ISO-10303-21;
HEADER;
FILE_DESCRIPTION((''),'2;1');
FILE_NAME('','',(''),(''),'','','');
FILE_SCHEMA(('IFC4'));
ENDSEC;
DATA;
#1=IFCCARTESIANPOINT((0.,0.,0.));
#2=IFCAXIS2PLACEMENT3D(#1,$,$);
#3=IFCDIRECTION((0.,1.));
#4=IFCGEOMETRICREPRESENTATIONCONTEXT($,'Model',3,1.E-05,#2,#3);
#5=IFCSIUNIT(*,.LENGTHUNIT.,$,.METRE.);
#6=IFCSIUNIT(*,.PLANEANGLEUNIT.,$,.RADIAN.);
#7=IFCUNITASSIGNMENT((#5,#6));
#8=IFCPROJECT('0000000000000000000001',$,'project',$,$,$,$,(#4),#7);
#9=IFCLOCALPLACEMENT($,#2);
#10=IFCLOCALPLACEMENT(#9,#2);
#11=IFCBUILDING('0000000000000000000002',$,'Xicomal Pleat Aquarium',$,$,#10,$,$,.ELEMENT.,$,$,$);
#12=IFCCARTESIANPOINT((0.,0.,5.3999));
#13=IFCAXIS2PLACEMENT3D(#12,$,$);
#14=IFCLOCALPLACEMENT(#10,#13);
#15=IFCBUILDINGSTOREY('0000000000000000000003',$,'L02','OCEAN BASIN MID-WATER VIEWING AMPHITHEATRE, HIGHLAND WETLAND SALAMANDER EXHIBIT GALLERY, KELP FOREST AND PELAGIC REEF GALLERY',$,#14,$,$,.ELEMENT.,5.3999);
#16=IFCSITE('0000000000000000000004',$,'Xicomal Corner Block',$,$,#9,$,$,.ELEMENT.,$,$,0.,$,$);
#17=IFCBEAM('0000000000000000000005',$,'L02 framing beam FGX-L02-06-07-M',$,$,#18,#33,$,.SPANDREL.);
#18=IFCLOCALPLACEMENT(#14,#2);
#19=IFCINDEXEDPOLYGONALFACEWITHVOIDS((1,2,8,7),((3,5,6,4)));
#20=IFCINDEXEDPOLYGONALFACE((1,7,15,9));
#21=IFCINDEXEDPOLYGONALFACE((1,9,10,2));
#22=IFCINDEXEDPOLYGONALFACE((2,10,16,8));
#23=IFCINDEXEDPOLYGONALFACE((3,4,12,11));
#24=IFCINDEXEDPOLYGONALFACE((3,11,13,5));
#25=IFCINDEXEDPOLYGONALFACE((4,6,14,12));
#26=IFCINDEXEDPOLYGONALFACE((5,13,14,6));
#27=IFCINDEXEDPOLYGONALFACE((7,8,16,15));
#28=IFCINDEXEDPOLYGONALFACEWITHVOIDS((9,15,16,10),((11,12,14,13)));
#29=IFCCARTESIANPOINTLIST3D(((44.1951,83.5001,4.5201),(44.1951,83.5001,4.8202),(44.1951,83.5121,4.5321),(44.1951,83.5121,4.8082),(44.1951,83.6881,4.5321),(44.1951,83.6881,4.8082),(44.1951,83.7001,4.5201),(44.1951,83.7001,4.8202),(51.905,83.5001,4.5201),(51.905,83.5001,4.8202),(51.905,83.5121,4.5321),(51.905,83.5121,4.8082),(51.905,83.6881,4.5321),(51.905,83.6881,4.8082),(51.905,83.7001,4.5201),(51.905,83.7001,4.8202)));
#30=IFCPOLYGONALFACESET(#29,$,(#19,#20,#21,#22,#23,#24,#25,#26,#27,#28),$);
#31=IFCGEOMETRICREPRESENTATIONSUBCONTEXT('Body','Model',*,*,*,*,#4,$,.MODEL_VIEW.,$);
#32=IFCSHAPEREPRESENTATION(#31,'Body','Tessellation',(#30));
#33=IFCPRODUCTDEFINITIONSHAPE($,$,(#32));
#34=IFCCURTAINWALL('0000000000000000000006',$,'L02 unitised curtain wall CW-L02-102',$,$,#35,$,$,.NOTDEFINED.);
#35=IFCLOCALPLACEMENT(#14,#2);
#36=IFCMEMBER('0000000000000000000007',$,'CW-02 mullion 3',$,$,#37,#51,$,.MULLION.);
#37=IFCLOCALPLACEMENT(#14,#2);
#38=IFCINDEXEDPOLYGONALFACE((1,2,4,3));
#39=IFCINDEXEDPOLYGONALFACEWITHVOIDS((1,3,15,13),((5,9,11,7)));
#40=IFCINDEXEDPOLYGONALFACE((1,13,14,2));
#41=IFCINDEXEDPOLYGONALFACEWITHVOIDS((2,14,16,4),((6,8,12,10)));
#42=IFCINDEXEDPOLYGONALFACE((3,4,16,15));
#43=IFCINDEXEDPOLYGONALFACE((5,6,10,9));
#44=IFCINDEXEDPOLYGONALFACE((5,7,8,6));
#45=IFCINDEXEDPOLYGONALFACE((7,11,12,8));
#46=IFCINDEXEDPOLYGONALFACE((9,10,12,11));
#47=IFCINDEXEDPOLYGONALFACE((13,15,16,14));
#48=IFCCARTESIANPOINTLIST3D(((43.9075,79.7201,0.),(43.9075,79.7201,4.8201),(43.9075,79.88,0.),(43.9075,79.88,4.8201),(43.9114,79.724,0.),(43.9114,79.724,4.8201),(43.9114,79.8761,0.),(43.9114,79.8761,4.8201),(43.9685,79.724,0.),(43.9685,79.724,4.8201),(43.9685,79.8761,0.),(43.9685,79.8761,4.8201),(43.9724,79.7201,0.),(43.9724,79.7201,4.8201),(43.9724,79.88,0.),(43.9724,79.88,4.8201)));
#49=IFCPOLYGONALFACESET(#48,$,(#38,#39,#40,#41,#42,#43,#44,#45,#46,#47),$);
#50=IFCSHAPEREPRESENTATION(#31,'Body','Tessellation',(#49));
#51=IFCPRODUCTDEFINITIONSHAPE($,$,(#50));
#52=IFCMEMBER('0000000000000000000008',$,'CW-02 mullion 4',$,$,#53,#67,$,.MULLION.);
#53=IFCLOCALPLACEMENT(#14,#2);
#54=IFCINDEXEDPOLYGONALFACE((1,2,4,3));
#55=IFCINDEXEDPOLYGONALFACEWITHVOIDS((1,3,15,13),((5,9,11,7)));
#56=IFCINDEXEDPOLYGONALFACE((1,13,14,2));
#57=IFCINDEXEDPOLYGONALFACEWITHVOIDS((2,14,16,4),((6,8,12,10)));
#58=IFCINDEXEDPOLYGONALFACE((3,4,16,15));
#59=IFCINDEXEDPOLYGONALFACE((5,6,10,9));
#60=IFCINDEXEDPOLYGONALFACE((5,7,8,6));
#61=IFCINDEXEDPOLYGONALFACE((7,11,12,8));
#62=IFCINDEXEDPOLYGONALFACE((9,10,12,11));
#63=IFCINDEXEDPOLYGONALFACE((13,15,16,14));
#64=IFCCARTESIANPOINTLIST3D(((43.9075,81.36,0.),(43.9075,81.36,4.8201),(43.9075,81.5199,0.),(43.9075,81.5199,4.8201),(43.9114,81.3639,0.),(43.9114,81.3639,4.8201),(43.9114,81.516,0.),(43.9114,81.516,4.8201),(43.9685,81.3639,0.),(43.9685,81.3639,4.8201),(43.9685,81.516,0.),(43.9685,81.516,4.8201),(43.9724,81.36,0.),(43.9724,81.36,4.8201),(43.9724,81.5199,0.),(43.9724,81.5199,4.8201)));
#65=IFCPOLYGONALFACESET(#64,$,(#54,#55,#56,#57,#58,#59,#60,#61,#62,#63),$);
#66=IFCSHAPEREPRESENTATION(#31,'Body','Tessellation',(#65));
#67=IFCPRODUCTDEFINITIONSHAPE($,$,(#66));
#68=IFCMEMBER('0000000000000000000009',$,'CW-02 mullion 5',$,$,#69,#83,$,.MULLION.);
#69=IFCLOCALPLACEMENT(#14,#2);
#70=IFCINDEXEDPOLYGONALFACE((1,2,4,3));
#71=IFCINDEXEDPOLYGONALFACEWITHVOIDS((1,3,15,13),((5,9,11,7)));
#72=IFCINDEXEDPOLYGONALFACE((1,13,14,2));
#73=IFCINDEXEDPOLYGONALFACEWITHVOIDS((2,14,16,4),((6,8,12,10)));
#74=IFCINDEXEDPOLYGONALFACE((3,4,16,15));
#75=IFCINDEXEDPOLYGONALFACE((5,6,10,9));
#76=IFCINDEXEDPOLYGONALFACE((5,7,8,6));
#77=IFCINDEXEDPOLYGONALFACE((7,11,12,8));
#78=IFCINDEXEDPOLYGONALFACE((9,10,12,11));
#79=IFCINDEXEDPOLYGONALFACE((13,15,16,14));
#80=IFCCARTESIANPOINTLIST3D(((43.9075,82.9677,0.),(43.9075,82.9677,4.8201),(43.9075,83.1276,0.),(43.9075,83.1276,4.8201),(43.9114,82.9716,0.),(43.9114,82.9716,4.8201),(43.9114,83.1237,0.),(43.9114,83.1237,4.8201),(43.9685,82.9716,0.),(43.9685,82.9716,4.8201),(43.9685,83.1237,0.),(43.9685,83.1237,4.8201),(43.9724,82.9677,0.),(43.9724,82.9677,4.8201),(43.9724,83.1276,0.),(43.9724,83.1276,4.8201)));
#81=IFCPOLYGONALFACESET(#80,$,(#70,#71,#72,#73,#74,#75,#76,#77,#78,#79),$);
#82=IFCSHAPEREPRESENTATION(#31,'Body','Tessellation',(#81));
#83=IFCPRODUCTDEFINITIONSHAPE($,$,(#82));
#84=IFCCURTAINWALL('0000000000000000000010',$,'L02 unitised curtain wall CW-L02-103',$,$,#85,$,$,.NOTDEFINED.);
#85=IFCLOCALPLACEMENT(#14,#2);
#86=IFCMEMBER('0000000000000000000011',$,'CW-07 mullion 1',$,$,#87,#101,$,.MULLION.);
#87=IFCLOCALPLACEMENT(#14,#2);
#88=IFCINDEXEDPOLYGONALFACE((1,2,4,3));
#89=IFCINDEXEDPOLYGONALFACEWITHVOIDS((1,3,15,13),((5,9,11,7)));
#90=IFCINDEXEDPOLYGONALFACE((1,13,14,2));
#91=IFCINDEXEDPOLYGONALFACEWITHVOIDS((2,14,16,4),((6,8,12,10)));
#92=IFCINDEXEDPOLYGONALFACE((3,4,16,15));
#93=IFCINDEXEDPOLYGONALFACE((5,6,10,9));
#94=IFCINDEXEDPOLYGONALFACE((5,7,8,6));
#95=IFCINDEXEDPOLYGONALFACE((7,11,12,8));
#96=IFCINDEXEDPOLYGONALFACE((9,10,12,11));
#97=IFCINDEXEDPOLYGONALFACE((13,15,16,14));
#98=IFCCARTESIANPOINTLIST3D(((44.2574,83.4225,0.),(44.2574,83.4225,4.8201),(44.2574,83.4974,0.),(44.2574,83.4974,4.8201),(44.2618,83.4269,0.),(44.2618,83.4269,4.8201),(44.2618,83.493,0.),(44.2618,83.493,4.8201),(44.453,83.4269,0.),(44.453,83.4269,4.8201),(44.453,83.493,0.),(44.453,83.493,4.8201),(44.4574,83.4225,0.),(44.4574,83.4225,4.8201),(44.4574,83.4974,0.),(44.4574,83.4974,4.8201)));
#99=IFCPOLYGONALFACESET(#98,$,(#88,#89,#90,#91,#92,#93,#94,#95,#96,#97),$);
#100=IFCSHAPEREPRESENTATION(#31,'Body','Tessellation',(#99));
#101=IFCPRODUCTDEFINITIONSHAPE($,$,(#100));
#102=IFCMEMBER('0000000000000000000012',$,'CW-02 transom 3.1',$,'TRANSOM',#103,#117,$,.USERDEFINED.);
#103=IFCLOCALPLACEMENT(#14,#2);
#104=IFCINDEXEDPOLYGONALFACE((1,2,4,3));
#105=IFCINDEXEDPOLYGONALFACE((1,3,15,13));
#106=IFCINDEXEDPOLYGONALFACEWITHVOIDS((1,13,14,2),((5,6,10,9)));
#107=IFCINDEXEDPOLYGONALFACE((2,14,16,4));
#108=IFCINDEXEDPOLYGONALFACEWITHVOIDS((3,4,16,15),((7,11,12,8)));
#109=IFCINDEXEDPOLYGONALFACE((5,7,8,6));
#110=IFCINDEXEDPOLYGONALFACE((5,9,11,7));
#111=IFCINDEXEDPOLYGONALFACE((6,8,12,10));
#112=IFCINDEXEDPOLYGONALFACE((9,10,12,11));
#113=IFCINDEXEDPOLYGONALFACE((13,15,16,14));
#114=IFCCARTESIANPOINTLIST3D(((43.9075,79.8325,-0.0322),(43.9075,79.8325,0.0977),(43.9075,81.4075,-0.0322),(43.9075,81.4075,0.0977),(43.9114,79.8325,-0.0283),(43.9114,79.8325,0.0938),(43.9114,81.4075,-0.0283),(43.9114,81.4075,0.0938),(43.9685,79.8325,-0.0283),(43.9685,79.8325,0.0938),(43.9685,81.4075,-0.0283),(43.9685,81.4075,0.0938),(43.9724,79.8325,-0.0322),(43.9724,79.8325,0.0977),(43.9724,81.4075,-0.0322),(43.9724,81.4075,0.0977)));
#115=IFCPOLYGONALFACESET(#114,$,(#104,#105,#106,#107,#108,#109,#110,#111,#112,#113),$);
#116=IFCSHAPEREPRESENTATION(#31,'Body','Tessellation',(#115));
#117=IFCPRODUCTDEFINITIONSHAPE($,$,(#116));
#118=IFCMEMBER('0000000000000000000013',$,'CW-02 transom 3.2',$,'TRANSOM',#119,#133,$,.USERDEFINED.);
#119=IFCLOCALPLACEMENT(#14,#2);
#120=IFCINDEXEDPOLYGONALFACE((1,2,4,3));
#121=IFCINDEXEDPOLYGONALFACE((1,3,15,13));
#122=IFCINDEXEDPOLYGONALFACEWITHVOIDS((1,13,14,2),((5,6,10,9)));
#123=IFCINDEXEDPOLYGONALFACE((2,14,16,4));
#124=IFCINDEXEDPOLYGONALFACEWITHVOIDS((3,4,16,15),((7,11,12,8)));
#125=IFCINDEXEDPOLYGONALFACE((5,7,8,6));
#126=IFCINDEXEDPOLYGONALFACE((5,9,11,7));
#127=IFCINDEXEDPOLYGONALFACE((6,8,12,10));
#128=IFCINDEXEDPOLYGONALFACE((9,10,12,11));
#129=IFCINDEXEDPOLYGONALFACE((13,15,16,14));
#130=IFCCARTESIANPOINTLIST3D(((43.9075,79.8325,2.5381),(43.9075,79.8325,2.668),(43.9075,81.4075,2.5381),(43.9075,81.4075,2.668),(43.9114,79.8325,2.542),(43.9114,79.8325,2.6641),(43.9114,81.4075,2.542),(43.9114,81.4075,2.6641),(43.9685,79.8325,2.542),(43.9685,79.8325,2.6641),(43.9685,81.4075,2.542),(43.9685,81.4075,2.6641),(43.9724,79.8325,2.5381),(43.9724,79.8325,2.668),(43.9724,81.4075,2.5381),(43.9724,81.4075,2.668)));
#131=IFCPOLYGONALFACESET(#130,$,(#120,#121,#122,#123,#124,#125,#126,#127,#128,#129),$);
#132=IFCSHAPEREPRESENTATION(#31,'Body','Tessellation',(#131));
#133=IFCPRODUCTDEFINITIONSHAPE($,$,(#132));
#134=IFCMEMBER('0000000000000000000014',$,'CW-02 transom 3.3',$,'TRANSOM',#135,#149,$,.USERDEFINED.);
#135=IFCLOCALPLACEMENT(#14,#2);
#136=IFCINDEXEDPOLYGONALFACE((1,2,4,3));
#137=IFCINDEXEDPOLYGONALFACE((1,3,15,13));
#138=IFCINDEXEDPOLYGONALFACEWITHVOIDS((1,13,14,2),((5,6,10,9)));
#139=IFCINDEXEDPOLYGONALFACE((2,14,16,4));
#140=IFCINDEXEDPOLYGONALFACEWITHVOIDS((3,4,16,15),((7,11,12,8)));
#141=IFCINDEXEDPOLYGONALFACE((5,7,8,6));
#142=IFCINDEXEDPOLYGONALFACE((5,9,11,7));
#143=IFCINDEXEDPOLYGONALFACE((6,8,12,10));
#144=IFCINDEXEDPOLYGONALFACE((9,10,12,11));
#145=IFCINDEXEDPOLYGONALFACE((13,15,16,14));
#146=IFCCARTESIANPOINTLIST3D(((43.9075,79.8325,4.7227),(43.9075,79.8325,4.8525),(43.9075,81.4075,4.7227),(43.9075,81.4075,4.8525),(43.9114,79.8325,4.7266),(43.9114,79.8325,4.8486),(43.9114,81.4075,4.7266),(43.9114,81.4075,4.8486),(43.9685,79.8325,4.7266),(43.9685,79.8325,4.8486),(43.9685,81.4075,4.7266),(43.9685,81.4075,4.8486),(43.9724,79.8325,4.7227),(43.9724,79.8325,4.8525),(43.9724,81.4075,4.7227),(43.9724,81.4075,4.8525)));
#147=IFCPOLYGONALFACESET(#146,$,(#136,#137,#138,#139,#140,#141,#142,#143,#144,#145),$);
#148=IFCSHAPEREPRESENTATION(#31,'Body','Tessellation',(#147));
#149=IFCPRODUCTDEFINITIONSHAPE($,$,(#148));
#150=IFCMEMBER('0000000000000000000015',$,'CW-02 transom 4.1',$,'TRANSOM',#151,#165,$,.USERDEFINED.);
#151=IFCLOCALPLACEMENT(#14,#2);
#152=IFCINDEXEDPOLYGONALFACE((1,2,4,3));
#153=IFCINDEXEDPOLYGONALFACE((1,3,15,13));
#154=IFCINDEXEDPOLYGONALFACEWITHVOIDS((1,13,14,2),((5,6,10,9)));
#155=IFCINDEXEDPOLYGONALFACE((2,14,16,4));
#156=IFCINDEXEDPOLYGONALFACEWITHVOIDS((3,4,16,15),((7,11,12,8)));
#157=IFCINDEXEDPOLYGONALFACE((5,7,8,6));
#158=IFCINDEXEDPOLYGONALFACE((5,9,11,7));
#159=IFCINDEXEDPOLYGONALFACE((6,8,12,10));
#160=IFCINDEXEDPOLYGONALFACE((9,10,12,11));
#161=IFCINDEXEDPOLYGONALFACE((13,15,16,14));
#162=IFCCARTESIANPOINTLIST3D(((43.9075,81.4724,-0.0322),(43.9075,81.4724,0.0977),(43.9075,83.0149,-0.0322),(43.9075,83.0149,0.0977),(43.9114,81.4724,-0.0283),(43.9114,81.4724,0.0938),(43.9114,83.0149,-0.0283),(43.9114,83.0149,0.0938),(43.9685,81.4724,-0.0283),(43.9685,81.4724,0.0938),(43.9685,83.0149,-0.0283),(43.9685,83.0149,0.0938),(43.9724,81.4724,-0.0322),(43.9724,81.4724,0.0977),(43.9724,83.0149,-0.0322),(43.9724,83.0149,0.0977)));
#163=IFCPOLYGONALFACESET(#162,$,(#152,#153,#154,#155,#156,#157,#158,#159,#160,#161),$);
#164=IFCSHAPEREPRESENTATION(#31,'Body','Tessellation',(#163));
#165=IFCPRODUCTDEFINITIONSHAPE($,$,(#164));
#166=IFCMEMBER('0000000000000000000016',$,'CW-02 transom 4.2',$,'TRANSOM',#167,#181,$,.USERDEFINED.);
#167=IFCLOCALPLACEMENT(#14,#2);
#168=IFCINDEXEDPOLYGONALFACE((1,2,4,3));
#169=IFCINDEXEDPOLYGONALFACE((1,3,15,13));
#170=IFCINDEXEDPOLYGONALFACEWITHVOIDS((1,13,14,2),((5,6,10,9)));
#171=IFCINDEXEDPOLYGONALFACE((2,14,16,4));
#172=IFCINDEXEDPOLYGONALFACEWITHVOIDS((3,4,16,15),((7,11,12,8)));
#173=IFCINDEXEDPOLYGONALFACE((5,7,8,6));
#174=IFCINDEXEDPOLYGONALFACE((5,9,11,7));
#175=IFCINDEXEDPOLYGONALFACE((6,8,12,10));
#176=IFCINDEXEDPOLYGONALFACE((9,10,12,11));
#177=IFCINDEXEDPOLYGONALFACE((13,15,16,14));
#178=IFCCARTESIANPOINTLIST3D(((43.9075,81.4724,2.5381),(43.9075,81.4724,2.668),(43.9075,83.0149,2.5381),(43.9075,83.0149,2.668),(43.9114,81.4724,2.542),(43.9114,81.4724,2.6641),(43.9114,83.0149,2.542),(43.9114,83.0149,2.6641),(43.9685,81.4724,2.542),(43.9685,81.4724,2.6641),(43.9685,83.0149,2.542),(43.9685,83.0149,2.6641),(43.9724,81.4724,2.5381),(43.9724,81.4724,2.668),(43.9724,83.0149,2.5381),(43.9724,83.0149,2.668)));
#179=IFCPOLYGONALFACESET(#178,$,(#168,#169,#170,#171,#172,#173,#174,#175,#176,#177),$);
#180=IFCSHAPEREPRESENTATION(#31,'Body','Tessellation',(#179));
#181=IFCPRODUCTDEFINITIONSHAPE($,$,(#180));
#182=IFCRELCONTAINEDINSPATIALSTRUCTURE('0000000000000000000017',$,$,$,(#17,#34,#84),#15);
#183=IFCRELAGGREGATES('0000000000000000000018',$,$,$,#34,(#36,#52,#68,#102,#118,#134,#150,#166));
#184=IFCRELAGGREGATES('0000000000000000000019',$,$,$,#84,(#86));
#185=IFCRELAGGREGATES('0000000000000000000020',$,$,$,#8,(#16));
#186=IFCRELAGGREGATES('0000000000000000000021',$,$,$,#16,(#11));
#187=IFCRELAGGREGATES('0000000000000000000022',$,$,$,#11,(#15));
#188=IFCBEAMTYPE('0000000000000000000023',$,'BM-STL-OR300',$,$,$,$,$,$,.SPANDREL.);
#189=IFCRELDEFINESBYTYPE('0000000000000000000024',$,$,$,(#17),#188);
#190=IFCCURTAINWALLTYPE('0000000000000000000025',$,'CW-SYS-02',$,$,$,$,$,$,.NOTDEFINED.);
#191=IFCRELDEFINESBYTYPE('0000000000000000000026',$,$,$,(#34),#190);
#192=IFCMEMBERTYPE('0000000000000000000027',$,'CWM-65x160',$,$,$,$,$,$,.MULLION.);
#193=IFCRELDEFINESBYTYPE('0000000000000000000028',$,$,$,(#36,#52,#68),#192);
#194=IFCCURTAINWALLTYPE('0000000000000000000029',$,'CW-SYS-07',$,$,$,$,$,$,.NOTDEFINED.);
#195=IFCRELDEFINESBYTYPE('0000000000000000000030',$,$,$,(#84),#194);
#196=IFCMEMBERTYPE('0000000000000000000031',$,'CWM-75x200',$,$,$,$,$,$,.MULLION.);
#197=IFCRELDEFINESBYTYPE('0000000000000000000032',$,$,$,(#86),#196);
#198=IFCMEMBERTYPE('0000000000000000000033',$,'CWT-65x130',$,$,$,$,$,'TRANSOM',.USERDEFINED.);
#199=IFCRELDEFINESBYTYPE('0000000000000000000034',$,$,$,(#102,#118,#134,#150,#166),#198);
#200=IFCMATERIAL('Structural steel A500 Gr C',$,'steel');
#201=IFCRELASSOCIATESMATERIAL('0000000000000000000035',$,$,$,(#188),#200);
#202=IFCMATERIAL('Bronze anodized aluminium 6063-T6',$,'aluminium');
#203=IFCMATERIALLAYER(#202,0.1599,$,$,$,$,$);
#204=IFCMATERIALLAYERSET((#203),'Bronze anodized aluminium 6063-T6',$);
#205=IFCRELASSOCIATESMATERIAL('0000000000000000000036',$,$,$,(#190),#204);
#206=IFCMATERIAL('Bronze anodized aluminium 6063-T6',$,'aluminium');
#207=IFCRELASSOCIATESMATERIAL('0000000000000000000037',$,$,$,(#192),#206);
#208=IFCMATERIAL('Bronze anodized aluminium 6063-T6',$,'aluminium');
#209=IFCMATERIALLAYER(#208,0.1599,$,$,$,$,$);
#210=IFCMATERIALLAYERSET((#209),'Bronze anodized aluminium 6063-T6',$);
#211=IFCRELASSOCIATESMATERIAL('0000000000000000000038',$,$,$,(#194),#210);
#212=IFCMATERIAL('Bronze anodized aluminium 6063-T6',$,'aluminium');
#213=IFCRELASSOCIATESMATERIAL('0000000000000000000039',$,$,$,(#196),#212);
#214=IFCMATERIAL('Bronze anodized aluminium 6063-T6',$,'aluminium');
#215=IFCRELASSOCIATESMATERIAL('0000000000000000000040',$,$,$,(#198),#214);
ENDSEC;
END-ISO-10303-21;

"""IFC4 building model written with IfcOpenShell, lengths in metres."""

from ifc_helpers import new_model, si_unit, direction, frame, origin, origin_2d, place, context, subcontext, project, spatial, hollow_rectangle, extrude, material, layer, layer_set, material_profile, profile_set, type_object, element, aggregate, save


model = new_model("IFC4")

# Units and contexts
model_context = context("Model", 3, precision=1e-05, world=origin(), true_north=direction((0.0, 1.0)))
body_context = subcontext(model_context, "Body", "Model", "MODEL_VIEW")
ifc_project = project(units=[si_unit("LENGTHUNIT", "METRE"), si_unit("PLANEANGLEUNIT", "RADIAN")], contexts=[model_context])

# Site, building, storey
site_placement = place(None, origin())
site = spatial("IfcSite", under=ifc_project, at=site_placement, Name="Xicomal Corner Block", CompositionType="ELEMENT", RefElevation=0.0)
building_placement = place(site_placement, origin())
building = spatial("IfcBuilding", under=site, at=building_placement, Name="Xicomal Pleat Aquarium", CompositionType="ELEMENT")
storey_placement = place(building_placement, frame((0.0, 0.0, 5.3999)))
storey = spatial("IfcBuildingStorey", under=building, at=storey_placement, Name="L02", Description="OCEAN BASIN MID-WATER VIEWING AMPHITHEATRE, HIGHLAND WETLAND SALAMANDER EXHIBIT GALLERY, KELP FOREST AND PELAGIC REEF GALLERY", CompositionType="ELEMENT", Elevation=5.3999)

# Beam
ifc_material_1 = material(Name="Structural steel A500 Gr C", Category="steel")
ifc_material_profile_1 = material_profile(ifc_material_1, hollow_rectangle(XDim=0.2, YDim=0.3, WallThickness=0.012, at=origin_2d()), Name="OR 300x200x12")
ifc_profile_set_1 = profile_set([ifc_material_profile_1], Name="Structural steel A500 Gr C")
beam_type = type_object("IfcBeamType", Name="BM-STL-OR300", PredefinedType="SPANDREL", material=ifc_profile_set_1)
beam_placement = place(storey_placement, frame((44.1951, 83.6001, 4.6702), z_axis=(1.0, 0.0, 0.0), x_axis=(0.0, 1.0, 0.0)))
element("IfcBeam", 1, at=beam_placement, inside=storey, type_object=beam_type, Name="L02 framing beam FGX-L02-06-07-M", PredefinedType="SPANDREL", context=body_context, shape_type="SweptSolid", body=[
    extrude(hollow_rectangle(XDim=0.2, YDim=0.3, WallThickness=0.012, at=origin_2d()), origin(), (0.0, 0.0, 1.0), 7.71),
])

# Curtain wall, members
ifc_material_2 = material(Name="Bronze anodized aluminium 6063-T6", Category="aluminium")
ifc_layer_1 = layer(ifc_material_2, 0.1599)
ifc_layer_set_1 = layer_set([ifc_layer_1], Name="Bronze anodized aluminium 6063-T6")
curtain_wall_type_1 = type_object("IfcCurtainWallType", Name="CW-SYS-02", PredefinedType="NOTDEFINED", material=ifc_layer_set_1)
curtain_wall_1_placement = place(storey_placement, origin())
curtain_wall_1 = element("IfcCurtainWall", 2, at=curtain_wall_1_placement, inside=storey, type_object=curtain_wall_type_1, Name="L02 unitised curtain wall CW-L02-102", PredefinedType="NOTDEFINED")
ifc_material_3 = material(Name="Bronze anodized aluminium 6063-T6", Category="aluminium")
ifc_material_profile_2 = material_profile(ifc_material_3, hollow_rectangle(XDim=0.0649, YDim=0.1599, WallThickness=0.0039, at=origin_2d()), Name="ALU MULL 65x160")
ifc_profile_set_2 = profile_set([ifc_material_profile_2], Name="Bronze anodized aluminium 6063-T6")
member_type_1 = type_object("IfcMemberType", Name="CWM-65x160", PredefinedType="MULLION", material=ifc_profile_set_2)
member_1_placement = place(storey_placement, frame((43.9399, 79.8, 0.0), z_axis=(0.0, 0.0, 1.0), x_axis=(-1.0, 0.0, 0.0)))
member_1 = element("IfcMember", 3, at=member_1_placement, type_object=member_type_1, Name="CW-02 mullion 3", PredefinedType="MULLION", context=body_context, shape_type="SweptSolid", body=[
    extrude(hollow_rectangle(XDim=0.0649, YDim=0.1599, WallThickness=0.0039, at=origin_2d()), origin(), (0.0, 0.0, 1.0), 4.8201),
])
member_2_placement = place(storey_placement, frame((43.9399, 81.4399, 0.0), z_axis=(0.0, 0.0, 1.0), x_axis=(-1.0, 0.0, 0.0)))
member_2 = element("IfcMember", 4, at=member_2_placement, type_object=member_type_1, Name="CW-02 mullion 4", PredefinedType="MULLION", context=body_context, shape_type="SweptSolid", body=[
    extrude(hollow_rectangle(XDim=0.0649, YDim=0.1599, WallThickness=0.0039, at=origin_2d()), origin(), (0.0, 0.0, 1.0), 4.8201),
])
member_3_placement = place(storey_placement, frame((43.9399, 83.0476, 0.0), z_axis=(0.0, 0.0, 1.0), x_axis=(-1.0, 0.0, 0.0)))
member_3 = element("IfcMember", 5, at=member_3_placement, type_object=member_type_1, Name="CW-02 mullion 5", PredefinedType="MULLION", context=body_context, shape_type="SweptSolid", body=[
    extrude(hollow_rectangle(XDim=0.0649, YDim=0.1599, WallThickness=0.0039, at=origin_2d()), origin(), (0.0, 0.0, 1.0), 4.8201),
])

# Curtain wall, member
ifc_material_4 = material(Name="Bronze anodized aluminium 6063-T6", Category="aluminium")
ifc_layer_2 = layer(ifc_material_4, 0.1599)
ifc_layer_set_2 = layer_set([ifc_layer_2], Name="Bronze anodized aluminium 6063-T6")
curtain_wall_type_2 = type_object("IfcCurtainWallType", Name="CW-SYS-07", PredefinedType="NOTDEFINED", material=ifc_layer_set_2)
curtain_wall_2_placement = place(storey_placement, origin())
curtain_wall_2 = element("IfcCurtainWall", 6, at=curtain_wall_2_placement, inside=storey, type_object=curtain_wall_type_2, Name="L02 unitised curtain wall CW-L02-103", PredefinedType="NOTDEFINED")
ifc_material_5 = material(Name="Bronze anodized aluminium 6063-T6", Category="aluminium")
ifc_material_profile_3 = material_profile(ifc_material_5, hollow_rectangle(XDim=0.075, YDim=0.2, WallThickness=0.0044, at=origin_2d()), Name="ALU MULL 75x200")
ifc_profile_set_3 = profile_set([ifc_material_profile_3], Name="Bronze anodized aluminium 6063-T6")
member_type_2 = type_object("IfcMemberType", Name="CWM-75x200", PredefinedType="MULLION", material=ifc_profile_set_3)
member_4_placement = place(storey_placement, frame((44.3574, 83.46, 0.0), z_axis=(0.0, 0.0, 1.0), x_axis=(0.0, 1.0, 0.0)))
member_4 = element("IfcMember", 7, at=member_4_placement, type_object=member_type_2, Name="CW-07 mullion 1", PredefinedType="MULLION", context=body_context, shape_type="SweptSolid", body=[
    extrude(hollow_rectangle(XDim=0.075, YDim=0.2, WallThickness=0.0044, at=origin_2d()), origin(), (0.0, 0.0, 1.0), 4.8201),
])

# Members
ifc_material_6 = material(Name="Bronze anodized aluminium 6063-T6", Category="aluminium")
ifc_material_profile_4 = material_profile(ifc_material_6, hollow_rectangle(XDim=0.0649, YDim=0.1299, WallThickness=0.0039, at=origin_2d()), Name="ALU TRAN 65x130")
ifc_profile_set_4 = profile_set([ifc_material_profile_4], Name="Bronze anodized aluminium 6063-T6")
member_type_3 = type_object("IfcMemberType", Name="CWT-65x130", ElementType="TRANSOM", PredefinedType="USERDEFINED", material=ifc_profile_set_4)
member_5_placement = place(storey_placement, frame((43.9399, 79.8325, 0.0327), z_axis=(0.0, 1.0, 0.0), x_axis=(-1.0, 0.0, 0.0)))
member_5 = element("IfcMember", 8, at=member_5_placement, type_object=member_type_3, Name="CW-02 transom 3.1", ObjectType="TRANSOM", PredefinedType="USERDEFINED", context=body_context, shape_type="SweptSolid", body=[
    extrude(hollow_rectangle(XDim=0.0649, YDim=0.1299, WallThickness=0.0039, at=origin_2d()), origin(), (0.0, 0.0, 1.0), 1.575),
])
member_6_placement = place(storey_placement, frame((43.9399, 79.8325, 2.603), z_axis=(0.0, 1.0, 0.0), x_axis=(-1.0, 0.0, 0.0)))
member_6 = element("IfcMember", 9, at=member_6_placement, type_object=member_type_3, Name="CW-02 transom 3.2", ObjectType="TRANSOM", PredefinedType="USERDEFINED", context=body_context, shape_type="SweptSolid", body=[
    extrude(hollow_rectangle(XDim=0.0649, YDim=0.1299, WallThickness=0.0039, at=origin_2d()), origin(), (0.0, 0.0, 1.0), 1.575),
])
member_7_placement = place(storey_placement, frame((43.9399, 79.8325, 4.7876), z_axis=(0.0, 1.0, 0.0), x_axis=(-1.0, 0.0, 0.0)))
member_7 = element("IfcMember", 10, at=member_7_placement, type_object=member_type_3, Name="CW-02 transom 3.3", ObjectType="TRANSOM", PredefinedType="USERDEFINED", context=body_context, shape_type="SweptSolid", body=[
    extrude(hollow_rectangle(XDim=0.0649, YDim=0.1299, WallThickness=0.0039, at=origin_2d()), origin(), (0.0, 0.0, 1.0), 1.575),
])
member_8_placement = place(storey_placement, frame((43.9399, 81.4724, 0.0327), z_axis=(0.0, 1.0, 0.0), x_axis=(-1.0, 0.0, 0.0)))
member_8 = element("IfcMember", 11, at=member_8_placement, type_object=member_type_3, Name="CW-02 transom 4.1", ObjectType="TRANSOM", PredefinedType="USERDEFINED", context=body_context, shape_type="SweptSolid", body=[
    extrude(hollow_rectangle(XDim=0.0649, YDim=0.1299, WallThickness=0.0039, at=origin_2d()), origin(), (0.0, 0.0, 1.0), 1.5425),
])
member_9_placement = place(storey_placement, frame((43.9399, 81.4724, 2.603), z_axis=(0.0, 1.0, 0.0), x_axis=(-1.0, 0.0, 0.0)))
member_9 = element("IfcMember", 12, at=member_9_placement, type_object=member_type_3, Name="CW-02 transom 4.2", ObjectType="TRANSOM", PredefinedType="USERDEFINED", context=body_context, shape_type="SweptSolid", body=[
    extrude(hollow_rectangle(XDim=0.0649, YDim=0.1299, WallThickness=0.0039, at=origin_2d()), origin(), (0.0, 0.0, 1.0), 1.5425),
])

aggregate(curtain_wall_1, [member_1, member_2, member_3, member_5, member_6, member_7, member_8, member_9])
aggregate(curtain_wall_2, [member_4])

save(model, "model.ifc")
